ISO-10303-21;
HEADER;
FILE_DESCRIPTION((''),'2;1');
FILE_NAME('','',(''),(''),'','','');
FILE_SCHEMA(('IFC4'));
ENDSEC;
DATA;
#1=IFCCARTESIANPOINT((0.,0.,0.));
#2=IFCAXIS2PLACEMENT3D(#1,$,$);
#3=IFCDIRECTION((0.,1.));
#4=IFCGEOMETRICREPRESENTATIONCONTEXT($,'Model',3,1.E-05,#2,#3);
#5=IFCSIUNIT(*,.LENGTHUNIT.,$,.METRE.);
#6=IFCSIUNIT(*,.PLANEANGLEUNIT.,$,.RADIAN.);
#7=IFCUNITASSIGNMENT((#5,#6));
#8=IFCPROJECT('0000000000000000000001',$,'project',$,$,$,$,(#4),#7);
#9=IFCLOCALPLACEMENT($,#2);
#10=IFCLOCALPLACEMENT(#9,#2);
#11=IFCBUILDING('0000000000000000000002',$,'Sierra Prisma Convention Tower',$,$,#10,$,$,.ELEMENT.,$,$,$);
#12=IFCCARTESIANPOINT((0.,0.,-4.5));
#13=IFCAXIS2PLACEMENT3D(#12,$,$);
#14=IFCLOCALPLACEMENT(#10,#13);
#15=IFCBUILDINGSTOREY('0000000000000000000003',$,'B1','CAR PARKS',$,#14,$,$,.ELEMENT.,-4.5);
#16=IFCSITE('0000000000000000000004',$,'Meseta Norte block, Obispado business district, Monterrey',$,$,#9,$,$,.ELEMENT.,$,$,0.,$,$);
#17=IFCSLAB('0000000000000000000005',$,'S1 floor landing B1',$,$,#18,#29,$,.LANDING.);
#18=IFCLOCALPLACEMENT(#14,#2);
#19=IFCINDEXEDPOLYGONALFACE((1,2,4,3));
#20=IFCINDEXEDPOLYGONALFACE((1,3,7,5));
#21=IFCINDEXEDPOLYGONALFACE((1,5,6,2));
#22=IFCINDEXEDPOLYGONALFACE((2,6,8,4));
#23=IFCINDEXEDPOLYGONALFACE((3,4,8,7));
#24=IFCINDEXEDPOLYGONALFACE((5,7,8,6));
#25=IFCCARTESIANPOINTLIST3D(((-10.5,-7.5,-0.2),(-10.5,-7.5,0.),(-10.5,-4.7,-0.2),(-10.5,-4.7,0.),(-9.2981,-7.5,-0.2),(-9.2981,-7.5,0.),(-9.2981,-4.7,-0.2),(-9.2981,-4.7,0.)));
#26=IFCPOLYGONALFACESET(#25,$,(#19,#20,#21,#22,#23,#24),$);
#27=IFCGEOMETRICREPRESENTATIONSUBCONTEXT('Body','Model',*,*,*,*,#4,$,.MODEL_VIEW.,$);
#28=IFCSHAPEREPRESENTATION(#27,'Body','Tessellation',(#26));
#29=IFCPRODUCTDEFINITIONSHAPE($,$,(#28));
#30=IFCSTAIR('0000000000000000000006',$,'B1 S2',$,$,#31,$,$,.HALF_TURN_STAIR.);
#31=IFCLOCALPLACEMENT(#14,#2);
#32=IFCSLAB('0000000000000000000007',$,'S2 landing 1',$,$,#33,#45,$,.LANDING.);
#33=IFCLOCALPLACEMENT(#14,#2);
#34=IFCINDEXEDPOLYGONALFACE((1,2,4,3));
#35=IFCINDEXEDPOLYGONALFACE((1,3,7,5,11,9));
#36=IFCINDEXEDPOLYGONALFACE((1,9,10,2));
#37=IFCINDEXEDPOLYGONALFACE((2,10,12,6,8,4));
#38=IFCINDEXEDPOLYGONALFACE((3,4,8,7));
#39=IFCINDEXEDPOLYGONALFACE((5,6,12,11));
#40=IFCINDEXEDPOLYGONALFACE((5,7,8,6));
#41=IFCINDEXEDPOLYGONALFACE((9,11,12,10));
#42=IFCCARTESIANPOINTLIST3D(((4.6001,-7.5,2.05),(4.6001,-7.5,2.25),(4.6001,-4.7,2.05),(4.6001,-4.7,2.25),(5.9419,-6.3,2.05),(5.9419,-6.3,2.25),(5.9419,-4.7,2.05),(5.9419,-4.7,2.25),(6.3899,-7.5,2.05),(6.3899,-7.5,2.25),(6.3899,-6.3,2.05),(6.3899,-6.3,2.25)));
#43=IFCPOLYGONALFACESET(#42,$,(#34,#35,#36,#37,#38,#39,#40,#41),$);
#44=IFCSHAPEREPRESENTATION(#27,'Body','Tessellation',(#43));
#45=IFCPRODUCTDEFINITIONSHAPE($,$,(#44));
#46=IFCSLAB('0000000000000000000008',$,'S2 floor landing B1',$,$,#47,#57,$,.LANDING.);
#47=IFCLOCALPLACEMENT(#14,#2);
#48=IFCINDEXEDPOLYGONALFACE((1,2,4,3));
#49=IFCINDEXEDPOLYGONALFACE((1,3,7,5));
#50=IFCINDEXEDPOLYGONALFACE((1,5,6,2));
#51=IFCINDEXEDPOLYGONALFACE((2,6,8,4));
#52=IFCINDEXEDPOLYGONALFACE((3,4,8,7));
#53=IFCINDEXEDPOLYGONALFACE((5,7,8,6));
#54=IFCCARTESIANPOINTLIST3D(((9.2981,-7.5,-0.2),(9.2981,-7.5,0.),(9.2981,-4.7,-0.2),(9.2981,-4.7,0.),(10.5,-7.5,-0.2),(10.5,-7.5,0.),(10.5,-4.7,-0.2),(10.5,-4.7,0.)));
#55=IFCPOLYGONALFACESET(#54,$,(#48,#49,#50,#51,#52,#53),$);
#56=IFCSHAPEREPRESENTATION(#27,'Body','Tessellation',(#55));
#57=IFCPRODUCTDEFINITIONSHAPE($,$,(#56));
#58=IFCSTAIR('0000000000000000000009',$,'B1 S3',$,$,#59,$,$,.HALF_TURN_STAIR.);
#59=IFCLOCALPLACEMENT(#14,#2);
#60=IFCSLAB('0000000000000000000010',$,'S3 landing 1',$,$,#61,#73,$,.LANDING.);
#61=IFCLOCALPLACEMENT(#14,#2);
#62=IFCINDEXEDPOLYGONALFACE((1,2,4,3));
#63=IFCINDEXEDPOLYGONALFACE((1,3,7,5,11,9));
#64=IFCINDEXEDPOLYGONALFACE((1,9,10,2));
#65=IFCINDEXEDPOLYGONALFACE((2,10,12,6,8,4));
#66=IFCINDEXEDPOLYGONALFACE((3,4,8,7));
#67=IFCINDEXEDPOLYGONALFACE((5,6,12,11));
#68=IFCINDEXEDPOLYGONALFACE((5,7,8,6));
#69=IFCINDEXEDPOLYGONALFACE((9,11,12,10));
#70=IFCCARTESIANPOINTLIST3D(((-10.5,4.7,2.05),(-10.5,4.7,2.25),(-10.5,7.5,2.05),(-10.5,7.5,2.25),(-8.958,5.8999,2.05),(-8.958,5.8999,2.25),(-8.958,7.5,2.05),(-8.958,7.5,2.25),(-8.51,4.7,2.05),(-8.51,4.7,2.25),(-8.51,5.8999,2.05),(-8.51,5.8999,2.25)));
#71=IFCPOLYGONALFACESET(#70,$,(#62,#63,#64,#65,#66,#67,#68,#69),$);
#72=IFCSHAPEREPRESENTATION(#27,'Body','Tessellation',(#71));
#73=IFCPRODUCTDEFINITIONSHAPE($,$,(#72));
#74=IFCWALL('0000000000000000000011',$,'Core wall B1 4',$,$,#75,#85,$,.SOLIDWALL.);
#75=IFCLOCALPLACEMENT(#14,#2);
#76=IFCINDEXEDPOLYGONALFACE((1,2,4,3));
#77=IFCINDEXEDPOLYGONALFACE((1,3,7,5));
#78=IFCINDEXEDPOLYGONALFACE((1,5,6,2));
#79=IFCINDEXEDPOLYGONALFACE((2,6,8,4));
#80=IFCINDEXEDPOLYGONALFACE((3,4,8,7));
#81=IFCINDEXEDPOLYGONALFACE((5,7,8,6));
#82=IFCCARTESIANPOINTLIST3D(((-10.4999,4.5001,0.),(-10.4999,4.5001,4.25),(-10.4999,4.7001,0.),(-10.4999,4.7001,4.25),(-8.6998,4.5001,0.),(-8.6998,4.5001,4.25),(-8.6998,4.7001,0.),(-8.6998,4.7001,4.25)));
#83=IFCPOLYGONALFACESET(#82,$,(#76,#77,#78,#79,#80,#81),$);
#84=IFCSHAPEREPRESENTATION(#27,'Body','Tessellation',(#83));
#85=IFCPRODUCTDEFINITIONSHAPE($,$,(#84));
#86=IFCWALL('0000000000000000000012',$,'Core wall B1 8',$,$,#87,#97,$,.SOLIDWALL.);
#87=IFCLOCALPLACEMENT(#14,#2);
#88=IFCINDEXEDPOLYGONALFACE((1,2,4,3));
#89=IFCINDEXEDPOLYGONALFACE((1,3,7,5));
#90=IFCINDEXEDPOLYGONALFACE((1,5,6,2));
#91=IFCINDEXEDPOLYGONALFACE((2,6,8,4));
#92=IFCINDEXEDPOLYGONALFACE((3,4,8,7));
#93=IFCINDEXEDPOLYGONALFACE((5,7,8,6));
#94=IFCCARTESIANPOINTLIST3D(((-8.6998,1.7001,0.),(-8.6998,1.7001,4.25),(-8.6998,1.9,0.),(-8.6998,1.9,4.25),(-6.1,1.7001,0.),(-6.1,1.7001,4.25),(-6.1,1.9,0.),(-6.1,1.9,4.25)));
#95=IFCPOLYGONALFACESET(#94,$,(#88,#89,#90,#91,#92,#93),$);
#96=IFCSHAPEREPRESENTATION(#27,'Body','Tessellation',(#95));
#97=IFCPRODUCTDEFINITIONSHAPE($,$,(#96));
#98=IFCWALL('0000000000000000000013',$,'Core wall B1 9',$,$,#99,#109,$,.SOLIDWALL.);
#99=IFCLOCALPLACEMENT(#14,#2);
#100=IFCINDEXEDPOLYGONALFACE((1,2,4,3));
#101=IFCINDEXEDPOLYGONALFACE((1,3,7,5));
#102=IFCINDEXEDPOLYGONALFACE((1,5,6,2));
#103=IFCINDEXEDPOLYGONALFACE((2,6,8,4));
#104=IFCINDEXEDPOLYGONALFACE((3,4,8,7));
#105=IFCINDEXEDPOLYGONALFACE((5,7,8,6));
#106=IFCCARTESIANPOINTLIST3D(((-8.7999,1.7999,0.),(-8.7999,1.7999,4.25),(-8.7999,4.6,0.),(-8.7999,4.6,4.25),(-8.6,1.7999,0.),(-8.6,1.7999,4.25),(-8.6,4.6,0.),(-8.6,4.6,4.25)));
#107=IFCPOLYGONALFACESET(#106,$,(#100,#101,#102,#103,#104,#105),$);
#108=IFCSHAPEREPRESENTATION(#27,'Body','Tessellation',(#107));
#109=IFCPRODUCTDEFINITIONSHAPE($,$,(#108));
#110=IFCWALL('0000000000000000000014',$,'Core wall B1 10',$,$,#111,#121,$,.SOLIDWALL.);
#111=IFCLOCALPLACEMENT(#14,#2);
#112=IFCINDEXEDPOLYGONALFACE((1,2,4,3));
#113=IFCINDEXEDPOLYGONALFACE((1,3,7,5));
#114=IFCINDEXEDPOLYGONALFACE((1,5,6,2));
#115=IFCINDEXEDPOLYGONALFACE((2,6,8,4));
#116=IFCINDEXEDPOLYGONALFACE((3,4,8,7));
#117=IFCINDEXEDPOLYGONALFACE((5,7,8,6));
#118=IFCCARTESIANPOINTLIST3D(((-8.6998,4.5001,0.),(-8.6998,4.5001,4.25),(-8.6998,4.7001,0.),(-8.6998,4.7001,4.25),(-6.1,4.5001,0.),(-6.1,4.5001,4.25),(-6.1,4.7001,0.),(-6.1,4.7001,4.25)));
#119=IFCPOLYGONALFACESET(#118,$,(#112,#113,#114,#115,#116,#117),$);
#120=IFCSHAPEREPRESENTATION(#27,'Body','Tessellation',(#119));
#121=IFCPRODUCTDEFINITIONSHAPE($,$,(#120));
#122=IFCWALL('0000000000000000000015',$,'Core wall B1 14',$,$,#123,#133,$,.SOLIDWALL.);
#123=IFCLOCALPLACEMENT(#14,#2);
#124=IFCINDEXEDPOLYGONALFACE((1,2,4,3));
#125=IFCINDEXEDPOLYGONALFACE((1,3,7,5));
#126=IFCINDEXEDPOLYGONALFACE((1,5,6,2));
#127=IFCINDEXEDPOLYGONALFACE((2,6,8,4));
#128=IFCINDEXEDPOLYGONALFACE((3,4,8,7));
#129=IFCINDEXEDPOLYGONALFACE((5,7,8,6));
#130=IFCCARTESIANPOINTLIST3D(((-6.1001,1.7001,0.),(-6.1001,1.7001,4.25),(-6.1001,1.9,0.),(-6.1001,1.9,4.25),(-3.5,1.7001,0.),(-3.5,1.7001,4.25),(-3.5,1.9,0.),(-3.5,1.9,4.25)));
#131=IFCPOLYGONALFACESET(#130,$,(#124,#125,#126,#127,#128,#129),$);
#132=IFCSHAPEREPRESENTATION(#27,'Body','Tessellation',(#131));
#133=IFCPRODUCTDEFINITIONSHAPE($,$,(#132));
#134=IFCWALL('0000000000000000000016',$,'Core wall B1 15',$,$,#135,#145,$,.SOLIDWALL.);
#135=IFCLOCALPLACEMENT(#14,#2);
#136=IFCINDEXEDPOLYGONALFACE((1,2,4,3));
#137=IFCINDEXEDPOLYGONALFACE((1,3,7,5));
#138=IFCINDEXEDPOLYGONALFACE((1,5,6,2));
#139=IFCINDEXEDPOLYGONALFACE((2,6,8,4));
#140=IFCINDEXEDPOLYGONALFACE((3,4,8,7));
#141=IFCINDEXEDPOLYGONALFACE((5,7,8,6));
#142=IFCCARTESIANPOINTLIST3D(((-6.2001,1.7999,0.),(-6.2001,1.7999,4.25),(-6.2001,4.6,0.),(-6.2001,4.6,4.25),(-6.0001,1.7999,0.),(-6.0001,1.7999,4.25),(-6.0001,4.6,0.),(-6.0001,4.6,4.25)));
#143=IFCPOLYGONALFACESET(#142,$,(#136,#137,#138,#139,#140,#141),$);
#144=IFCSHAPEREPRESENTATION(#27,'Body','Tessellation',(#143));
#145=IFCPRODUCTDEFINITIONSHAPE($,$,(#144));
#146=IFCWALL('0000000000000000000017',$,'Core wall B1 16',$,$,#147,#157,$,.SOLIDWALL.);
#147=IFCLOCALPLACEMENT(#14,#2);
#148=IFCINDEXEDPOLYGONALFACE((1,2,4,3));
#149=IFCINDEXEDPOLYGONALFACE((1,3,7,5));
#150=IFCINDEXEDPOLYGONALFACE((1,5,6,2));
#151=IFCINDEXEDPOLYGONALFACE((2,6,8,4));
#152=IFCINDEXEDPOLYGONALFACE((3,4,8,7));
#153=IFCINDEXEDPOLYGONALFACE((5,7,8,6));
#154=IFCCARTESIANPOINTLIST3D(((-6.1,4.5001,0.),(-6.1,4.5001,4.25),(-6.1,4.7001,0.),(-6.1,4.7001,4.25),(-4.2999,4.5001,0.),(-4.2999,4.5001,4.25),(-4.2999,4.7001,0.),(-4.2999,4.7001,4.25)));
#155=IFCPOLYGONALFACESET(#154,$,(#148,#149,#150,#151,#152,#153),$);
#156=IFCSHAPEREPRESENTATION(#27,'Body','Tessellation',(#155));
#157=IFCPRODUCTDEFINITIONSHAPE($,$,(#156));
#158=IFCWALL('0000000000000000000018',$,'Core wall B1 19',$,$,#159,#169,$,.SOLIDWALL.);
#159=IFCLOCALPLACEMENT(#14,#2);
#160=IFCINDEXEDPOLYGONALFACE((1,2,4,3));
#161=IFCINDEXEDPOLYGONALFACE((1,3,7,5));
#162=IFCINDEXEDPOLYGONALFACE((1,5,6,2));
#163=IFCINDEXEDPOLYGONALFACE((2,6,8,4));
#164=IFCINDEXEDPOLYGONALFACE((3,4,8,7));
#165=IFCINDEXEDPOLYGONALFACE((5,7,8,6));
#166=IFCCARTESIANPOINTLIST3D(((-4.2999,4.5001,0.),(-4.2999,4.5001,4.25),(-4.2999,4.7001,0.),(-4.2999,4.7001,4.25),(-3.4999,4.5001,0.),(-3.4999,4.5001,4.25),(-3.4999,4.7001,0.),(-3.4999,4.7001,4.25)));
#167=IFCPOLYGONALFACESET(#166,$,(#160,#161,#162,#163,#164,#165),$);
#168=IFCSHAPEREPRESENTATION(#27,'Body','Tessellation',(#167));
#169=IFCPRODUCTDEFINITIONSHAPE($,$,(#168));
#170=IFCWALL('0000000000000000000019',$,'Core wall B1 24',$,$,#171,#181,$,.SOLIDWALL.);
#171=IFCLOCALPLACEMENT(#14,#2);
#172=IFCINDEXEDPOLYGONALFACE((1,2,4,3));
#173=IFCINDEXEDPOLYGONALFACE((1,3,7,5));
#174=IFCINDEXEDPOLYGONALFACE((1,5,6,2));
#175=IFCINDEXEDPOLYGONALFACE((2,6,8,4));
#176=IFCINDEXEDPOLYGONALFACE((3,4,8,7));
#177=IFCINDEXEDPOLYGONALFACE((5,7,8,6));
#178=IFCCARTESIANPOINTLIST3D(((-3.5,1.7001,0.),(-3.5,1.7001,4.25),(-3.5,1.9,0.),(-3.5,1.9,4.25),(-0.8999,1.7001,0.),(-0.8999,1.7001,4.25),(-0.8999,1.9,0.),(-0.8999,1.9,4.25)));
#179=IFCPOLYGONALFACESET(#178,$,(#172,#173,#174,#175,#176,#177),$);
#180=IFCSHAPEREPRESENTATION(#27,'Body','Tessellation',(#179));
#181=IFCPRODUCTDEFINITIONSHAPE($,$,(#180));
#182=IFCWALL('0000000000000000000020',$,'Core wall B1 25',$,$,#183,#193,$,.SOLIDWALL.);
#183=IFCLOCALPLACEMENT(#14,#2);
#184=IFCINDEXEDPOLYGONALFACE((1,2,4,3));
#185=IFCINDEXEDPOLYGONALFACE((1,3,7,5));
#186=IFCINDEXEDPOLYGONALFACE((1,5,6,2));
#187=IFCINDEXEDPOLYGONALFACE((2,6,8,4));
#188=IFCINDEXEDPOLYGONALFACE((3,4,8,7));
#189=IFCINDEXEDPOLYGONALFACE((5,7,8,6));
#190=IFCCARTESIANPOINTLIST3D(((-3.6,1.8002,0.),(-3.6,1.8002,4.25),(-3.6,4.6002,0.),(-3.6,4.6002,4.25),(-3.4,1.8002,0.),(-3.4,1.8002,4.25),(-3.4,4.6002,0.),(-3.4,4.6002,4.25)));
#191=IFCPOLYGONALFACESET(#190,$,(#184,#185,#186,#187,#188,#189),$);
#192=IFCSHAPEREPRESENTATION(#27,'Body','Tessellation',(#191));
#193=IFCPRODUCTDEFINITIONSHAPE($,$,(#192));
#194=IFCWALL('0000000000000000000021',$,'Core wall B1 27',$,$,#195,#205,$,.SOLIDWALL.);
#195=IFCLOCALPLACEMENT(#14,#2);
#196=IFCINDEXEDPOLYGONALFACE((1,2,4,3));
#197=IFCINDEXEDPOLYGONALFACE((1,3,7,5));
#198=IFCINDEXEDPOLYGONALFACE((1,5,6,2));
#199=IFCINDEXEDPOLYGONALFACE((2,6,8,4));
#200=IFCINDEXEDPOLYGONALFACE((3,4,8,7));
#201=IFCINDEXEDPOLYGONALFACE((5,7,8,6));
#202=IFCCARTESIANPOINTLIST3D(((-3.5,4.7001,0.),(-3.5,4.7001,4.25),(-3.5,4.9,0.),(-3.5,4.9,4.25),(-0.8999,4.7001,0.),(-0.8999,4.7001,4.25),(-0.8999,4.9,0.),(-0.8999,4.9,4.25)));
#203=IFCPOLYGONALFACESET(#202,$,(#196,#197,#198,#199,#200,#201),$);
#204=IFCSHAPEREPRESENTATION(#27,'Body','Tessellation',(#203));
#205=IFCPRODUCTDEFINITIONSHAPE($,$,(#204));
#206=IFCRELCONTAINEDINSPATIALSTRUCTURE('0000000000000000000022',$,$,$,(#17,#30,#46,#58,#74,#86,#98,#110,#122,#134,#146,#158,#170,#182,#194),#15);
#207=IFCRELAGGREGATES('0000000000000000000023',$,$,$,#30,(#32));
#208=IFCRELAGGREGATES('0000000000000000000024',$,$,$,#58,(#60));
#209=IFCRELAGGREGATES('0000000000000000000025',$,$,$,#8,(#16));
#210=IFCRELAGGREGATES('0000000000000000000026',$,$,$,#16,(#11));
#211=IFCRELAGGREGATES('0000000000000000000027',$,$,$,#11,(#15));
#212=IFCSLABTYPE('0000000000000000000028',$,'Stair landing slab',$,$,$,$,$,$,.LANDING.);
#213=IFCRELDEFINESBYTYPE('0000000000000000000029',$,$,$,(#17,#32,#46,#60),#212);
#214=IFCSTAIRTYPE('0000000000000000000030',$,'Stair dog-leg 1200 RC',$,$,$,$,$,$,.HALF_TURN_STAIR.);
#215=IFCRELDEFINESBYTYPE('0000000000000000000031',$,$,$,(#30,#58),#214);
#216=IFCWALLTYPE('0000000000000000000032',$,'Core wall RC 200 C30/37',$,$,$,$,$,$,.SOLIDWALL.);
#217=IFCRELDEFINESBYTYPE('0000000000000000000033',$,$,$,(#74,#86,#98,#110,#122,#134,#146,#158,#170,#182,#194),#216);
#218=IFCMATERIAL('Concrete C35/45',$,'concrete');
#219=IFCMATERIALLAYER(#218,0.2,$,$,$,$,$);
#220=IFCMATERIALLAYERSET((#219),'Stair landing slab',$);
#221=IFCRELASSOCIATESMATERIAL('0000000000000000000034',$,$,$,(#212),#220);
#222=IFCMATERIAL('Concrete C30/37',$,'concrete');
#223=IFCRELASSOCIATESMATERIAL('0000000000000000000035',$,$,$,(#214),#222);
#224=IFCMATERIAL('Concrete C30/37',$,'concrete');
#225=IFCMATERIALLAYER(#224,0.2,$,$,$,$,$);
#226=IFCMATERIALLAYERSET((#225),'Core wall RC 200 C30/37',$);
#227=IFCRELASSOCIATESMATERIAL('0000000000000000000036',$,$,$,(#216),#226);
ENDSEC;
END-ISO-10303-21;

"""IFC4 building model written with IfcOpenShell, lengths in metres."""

from ifc_helpers import new_model, si_unit, direction, frame, frame_2d, origin, place, context, subcontext, project, spatial, polyline, rectangle, outline, extrude, material, layer, layer_set, type_object, element, aggregate, save


model = new_model("IFC4")

# Units and contexts
model_context = context("Model", 3, precision=1e-05, world=origin(), true_north=direction((0.0, 1.0)))
body_context = subcontext(model_context, "Body", "Model", "MODEL_VIEW")
ifc_project = project(units=[si_unit("LENGTHUNIT", "METRE"), si_unit("PLANEANGLEUNIT", "RADIAN")], contexts=[model_context])

# Site, building, storey
site_placement = place(None, origin())
site = spatial("IfcSite", under=ifc_project, at=site_placement, Name="Meseta Norte block, Obispado business district, Monterrey", CompositionType="ELEMENT", RefElevation=0.0)
building_placement = place(site_placement, origin())
building = spatial("IfcBuilding", under=site, at=building_placement, Name="Sierra Prisma Convention Tower", CompositionType="ELEMENT")
storey_placement = place(building_placement, frame((0.0, 0.0, -4.5)))
storey = spatial("IfcBuildingStorey", under=building, at=storey_placement, Name="B1", Description="CAR PARKS", CompositionType="ELEMENT", Elevation=-4.5)

# Slab
ifc_material_1 = material(Name="Concrete C35/45", Category="concrete")
ifc_layer_1 = layer(ifc_material_1, 0.2)
ifc_layer_set_1 = layer_set([ifc_layer_1], Name="Stair landing slab")
slab_type = type_object("IfcSlabType", Name="Stair landing slab", PredefinedType="LANDING", material=ifc_layer_set_1)
slab_1_placement = place(storey_placement, frame((0.0, 0.0, -0.2)))
element("IfcSlab", 1, at=slab_1_placement, inside=storey, type_object=slab_type, Name="S1 floor landing B1", PredefinedType="LANDING", context=body_context, shape_type="SweptSolid", body=[
    extrude(outline(polyline([(-10.5, -7.5), (-9.2981, -7.5), (-9.2981, -4.7), (-10.5, -4.7), (-10.5, -7.5)])), origin(), (0.0, 0.0, 1.0), 0.2),
])

# Stair, slab
ifc_material_2 = material(Name="Concrete C30/37", Category="concrete")
stair_type = type_object("IfcStairType", Name="Stair dog-leg 1200 RC", PredefinedType="HALF_TURN_STAIR", material=ifc_material_2)
stair_1_placement = place(storey_placement, origin())
stair_1 = element("IfcStair", 2, at=stair_1_placement, inside=storey, type_object=stair_type, Name="B1 S2", PredefinedType="HALF_TURN_STAIR")
slab_2_placement = place(storey_placement, frame((0.0, 0.0, 2.05)))
slab_2 = element("IfcSlab", 3, at=slab_2_placement, type_object=slab_type, Name="S2 landing 1", PredefinedType="LANDING", context=body_context, shape_type="SweptSolid", body=[
    extrude(outline(polyline([(6.3899, -6.3), (6.3899, -7.5), (4.6001, -7.5), (4.6001, -4.7), (5.9419, -4.7), (5.9419, -6.3), (6.3899, -6.3)])), origin(), (0.0, 0.0, 1.0), 0.2),
])
aggregate(stair_1, [slab_2])

# Slab
slab_3_placement = place(storey_placement, frame((0.0, 0.0, -0.2)))
element("IfcSlab", 4, at=slab_3_placement, inside=storey, type_object=slab_type, Name="S2 floor landing B1", PredefinedType="LANDING", context=body_context, shape_type="SweptSolid", body=[
    extrude(outline(polyline([(10.5, -4.7), (9.2981, -4.7), (9.2981, -7.5), (10.5, -7.5), (10.5, -4.7)])), origin(), (0.0, 0.0, 1.0), 0.2),
])

# Stair, slab
stair_2_placement = place(storey_placement, origin())
stair_2 = element("IfcStair", 5, at=stair_2_placement, inside=storey, type_object=stair_type, Name="B1 S3", PredefinedType="HALF_TURN_STAIR")
slab_4_placement = place(storey_placement, frame((0.0, 0.0, 2.05)))
slab_4 = element("IfcSlab", 6, at=slab_4_placement, type_object=slab_type, Name="S3 landing 1", PredefinedType="LANDING", context=body_context, shape_type="SweptSolid", body=[
    extrude(outline(polyline([(-8.51, 5.8999), (-8.51, 4.7), (-10.5, 4.7), (-10.5, 7.5), (-8.958, 7.5), (-8.958, 5.8999), (-8.51, 5.8999)])), origin(), (0.0, 0.0, 1.0), 0.2),
])

# Shared definitions
ifc_material_3 = material(Name="Concrete C30/37", Category="concrete")
ifc_layer_2 = layer(ifc_material_3, 0.2)
ifc_layer_set_2 = layer_set([ifc_layer_2], Name="Core wall RC 200 C30/37")
wall_type = type_object("IfcWallType", Name="Core wall RC 200 C30/37", PredefinedType="SOLIDWALL", material=ifc_layer_set_2)

# Walls
wall_1_placement = place(storey_placement, frame((-8.7, 4.6001, 0.0), z_axis=(0.0, 0.0, 1.0), x_axis=(-1.0, 0.0, 0.0)))
element("IfcWall", 7, at=wall_1_placement, inside=storey, type_object=wall_type, Name="Core wall B1 4", PredefinedType="SOLIDWALL", context=body_context, shape_type="SweptSolid", body=[
    extrude(rectangle(XDim=1.8, YDim=0.2, at=frame_2d((0.8999, 0.0))), origin(), (0.0, 0.0, 1.0), 4.25),
])
wall_2_placement = place(storey_placement, frame((-6.1001, 1.8, 0.0), z_axis=(0.0, 0.0, 1.0), x_axis=(-1.0, 0.0, 0.0)))
element("IfcWall", 8, at=wall_2_placement, inside=storey, type_object=wall_type, Name="Core wall B1 8", PredefinedType="SOLIDWALL", context=body_context, shape_type="SweptSolid", body=[
    extrude(rectangle(XDim=2.5999, YDim=0.2, at=frame_2d((1.2998, 0.0))), origin(), (0.0, 0.0, 1.0), 4.25),
])
wall_3_placement = place(storey_placement, frame((-8.7, 1.8, 0.0), z_axis=(0.0, 0.0, 1.0), x_axis=(0.0, 1.0, 0.0)))
element("IfcWall", 9, at=wall_3_placement, inside=storey, type_object=wall_type, Name="Core wall B1 9", PredefinedType="SOLIDWALL", context=body_context, shape_type="SweptSolid", body=[
    extrude(rectangle(XDim=2.8, YDim=0.2, at=frame_2d((1.3999, 0.0))), origin(), (0.0, 0.0, 1.0), 4.25),
])
wall_4_placement = place(storey_placement, frame((-6.1001, 4.6001, 0.0), z_axis=(0.0, 0.0, 1.0), x_axis=(-1.0, 0.0, 0.0)))
element("IfcWall", 10, at=wall_4_placement, inside=storey, type_object=wall_type, Name="Core wall B1 10", PredefinedType="SOLIDWALL", context=body_context, shape_type="SweptSolid", body=[
    extrude(rectangle(XDim=2.5999, YDim=0.2, at=frame_2d((1.2998, 0.0))), origin(), (0.0, 0.0, 1.0), 4.25),
])
wall_5_placement = place(storey_placement, frame((-3.5, 1.8, 0.0), z_axis=(0.0, 0.0, 1.0), x_axis=(-1.0, 0.0, 0.0)))
element("IfcWall", 11, at=wall_5_placement, inside=storey, type_object=wall_type, Name="Core wall B1 14", PredefinedType="SOLIDWALL", context=body_context, shape_type="SweptSolid", body=[
    extrude(rectangle(XDim=2.6001, YDim=0.2, at=frame_2d((1.3, 0.0))), origin(), (0.0, 0.0, 1.0), 4.25),
])
wall_6_placement = place(storey_placement, frame((-6.1001, 1.8, 0.0), z_axis=(0.0, 0.0, 1.0), x_axis=(0.0, 1.0, 0.0)))
element("IfcWall", 12, at=wall_6_placement, inside=storey, type_object=wall_type, Name="Core wall B1 15", PredefinedType="SOLIDWALL", context=body_context, shape_type="SweptSolid", body=[
    extrude(rectangle(XDim=2.8, YDim=0.2, at=frame_2d((1.3999, 0.0))), origin(), (0.0, 0.0, 1.0), 4.25),
])
wall_7_placement = place(storey_placement, frame((-4.3, 4.6001, 0.0), z_axis=(0.0, 0.0, 1.0), x_axis=(-1.0, 0.0, 0.0)))
element("IfcWall", 13, at=wall_7_placement, inside=storey, type_object=wall_type, Name="Core wall B1 16", PredefinedType="SOLIDWALL", context=body_context, shape_type="SweptSolid", body=[
    extrude(rectangle(XDim=1.8, YDim=0.2, at=frame_2d((0.8999, 0.0))), origin(), (0.0, 0.0, 1.0), 4.25),
])
wall_8_placement = place(storey_placement, frame((-3.5, 4.6001, 0.0), z_axis=(0.0, 0.0, 1.0), x_axis=(-1.0, 0.0, 0.0)))
element("IfcWall", 14, at=wall_8_placement, inside=storey, type_object=wall_type, Name="Core wall B1 19", PredefinedType="SOLIDWALL", context=body_context, shape_type="SweptSolid", body=[
    extrude(rectangle(XDim=0.8, YDim=0.2, at=frame_2d((0.3999, 0.0))), origin(), (0.0, 0.0, 1.0), 4.25),
])

# Walls
wall_9_placement = place(storey_placement, frame((-0.8999, 1.8, 0.0), z_axis=(0.0, 0.0, 1.0), x_axis=(-1.0, 0.0, 0.0)))
element("IfcWall", 15, at=wall_9_placement, inside=storey, type_object=wall_type, Name="Core wall B1 24", PredefinedType="SOLIDWALL", context=body_context, shape_type="SweptSolid", body=[
    extrude(rectangle(XDim=2.6001, YDim=0.2, at=frame_2d((1.3, 0.0))), origin(), (0.0, 0.0, 1.0), 4.25),
])
wall_10_placement = place(storey_placement, frame((-3.5, 4.6001, 0.0), z_axis=(0.0, 0.0, 1.0), x_axis=(0.0, -1.0, 0.0)))
element("IfcWall", 16, at=wall_10_placement, inside=storey, type_object=wall_type, Name="Core wall B1 25", PredefinedType="SOLIDWALL", context=body_context, shape_type="SweptSolid", body=[
    extrude(rectangle(XDim=2.8, YDim=0.2, at=frame_2d((1.3999, 0.0))), origin(), (0.0, 0.0, 1.0), 4.25),
])

# Wall
wall_11_placement = place(storey_placement, frame((-0.8999, 4.8, 0.0), z_axis=(0.0, 0.0, 1.0), x_axis=(-1.0, 0.0, 0.0)))
element("IfcWall", 17, at=wall_11_placement, inside=storey, type_object=wall_type, Name="Core wall B1 27", PredefinedType="SOLIDWALL", context=body_context, shape_type="SweptSolid", body=[
    extrude(rectangle(XDim=2.6001, YDim=0.2, at=frame_2d((1.3, 0.0))), origin(), (0.0, 0.0, 1.0), 4.25),
])

aggregate(stair_2, [slab_4])

save(model, "model.ifc")
